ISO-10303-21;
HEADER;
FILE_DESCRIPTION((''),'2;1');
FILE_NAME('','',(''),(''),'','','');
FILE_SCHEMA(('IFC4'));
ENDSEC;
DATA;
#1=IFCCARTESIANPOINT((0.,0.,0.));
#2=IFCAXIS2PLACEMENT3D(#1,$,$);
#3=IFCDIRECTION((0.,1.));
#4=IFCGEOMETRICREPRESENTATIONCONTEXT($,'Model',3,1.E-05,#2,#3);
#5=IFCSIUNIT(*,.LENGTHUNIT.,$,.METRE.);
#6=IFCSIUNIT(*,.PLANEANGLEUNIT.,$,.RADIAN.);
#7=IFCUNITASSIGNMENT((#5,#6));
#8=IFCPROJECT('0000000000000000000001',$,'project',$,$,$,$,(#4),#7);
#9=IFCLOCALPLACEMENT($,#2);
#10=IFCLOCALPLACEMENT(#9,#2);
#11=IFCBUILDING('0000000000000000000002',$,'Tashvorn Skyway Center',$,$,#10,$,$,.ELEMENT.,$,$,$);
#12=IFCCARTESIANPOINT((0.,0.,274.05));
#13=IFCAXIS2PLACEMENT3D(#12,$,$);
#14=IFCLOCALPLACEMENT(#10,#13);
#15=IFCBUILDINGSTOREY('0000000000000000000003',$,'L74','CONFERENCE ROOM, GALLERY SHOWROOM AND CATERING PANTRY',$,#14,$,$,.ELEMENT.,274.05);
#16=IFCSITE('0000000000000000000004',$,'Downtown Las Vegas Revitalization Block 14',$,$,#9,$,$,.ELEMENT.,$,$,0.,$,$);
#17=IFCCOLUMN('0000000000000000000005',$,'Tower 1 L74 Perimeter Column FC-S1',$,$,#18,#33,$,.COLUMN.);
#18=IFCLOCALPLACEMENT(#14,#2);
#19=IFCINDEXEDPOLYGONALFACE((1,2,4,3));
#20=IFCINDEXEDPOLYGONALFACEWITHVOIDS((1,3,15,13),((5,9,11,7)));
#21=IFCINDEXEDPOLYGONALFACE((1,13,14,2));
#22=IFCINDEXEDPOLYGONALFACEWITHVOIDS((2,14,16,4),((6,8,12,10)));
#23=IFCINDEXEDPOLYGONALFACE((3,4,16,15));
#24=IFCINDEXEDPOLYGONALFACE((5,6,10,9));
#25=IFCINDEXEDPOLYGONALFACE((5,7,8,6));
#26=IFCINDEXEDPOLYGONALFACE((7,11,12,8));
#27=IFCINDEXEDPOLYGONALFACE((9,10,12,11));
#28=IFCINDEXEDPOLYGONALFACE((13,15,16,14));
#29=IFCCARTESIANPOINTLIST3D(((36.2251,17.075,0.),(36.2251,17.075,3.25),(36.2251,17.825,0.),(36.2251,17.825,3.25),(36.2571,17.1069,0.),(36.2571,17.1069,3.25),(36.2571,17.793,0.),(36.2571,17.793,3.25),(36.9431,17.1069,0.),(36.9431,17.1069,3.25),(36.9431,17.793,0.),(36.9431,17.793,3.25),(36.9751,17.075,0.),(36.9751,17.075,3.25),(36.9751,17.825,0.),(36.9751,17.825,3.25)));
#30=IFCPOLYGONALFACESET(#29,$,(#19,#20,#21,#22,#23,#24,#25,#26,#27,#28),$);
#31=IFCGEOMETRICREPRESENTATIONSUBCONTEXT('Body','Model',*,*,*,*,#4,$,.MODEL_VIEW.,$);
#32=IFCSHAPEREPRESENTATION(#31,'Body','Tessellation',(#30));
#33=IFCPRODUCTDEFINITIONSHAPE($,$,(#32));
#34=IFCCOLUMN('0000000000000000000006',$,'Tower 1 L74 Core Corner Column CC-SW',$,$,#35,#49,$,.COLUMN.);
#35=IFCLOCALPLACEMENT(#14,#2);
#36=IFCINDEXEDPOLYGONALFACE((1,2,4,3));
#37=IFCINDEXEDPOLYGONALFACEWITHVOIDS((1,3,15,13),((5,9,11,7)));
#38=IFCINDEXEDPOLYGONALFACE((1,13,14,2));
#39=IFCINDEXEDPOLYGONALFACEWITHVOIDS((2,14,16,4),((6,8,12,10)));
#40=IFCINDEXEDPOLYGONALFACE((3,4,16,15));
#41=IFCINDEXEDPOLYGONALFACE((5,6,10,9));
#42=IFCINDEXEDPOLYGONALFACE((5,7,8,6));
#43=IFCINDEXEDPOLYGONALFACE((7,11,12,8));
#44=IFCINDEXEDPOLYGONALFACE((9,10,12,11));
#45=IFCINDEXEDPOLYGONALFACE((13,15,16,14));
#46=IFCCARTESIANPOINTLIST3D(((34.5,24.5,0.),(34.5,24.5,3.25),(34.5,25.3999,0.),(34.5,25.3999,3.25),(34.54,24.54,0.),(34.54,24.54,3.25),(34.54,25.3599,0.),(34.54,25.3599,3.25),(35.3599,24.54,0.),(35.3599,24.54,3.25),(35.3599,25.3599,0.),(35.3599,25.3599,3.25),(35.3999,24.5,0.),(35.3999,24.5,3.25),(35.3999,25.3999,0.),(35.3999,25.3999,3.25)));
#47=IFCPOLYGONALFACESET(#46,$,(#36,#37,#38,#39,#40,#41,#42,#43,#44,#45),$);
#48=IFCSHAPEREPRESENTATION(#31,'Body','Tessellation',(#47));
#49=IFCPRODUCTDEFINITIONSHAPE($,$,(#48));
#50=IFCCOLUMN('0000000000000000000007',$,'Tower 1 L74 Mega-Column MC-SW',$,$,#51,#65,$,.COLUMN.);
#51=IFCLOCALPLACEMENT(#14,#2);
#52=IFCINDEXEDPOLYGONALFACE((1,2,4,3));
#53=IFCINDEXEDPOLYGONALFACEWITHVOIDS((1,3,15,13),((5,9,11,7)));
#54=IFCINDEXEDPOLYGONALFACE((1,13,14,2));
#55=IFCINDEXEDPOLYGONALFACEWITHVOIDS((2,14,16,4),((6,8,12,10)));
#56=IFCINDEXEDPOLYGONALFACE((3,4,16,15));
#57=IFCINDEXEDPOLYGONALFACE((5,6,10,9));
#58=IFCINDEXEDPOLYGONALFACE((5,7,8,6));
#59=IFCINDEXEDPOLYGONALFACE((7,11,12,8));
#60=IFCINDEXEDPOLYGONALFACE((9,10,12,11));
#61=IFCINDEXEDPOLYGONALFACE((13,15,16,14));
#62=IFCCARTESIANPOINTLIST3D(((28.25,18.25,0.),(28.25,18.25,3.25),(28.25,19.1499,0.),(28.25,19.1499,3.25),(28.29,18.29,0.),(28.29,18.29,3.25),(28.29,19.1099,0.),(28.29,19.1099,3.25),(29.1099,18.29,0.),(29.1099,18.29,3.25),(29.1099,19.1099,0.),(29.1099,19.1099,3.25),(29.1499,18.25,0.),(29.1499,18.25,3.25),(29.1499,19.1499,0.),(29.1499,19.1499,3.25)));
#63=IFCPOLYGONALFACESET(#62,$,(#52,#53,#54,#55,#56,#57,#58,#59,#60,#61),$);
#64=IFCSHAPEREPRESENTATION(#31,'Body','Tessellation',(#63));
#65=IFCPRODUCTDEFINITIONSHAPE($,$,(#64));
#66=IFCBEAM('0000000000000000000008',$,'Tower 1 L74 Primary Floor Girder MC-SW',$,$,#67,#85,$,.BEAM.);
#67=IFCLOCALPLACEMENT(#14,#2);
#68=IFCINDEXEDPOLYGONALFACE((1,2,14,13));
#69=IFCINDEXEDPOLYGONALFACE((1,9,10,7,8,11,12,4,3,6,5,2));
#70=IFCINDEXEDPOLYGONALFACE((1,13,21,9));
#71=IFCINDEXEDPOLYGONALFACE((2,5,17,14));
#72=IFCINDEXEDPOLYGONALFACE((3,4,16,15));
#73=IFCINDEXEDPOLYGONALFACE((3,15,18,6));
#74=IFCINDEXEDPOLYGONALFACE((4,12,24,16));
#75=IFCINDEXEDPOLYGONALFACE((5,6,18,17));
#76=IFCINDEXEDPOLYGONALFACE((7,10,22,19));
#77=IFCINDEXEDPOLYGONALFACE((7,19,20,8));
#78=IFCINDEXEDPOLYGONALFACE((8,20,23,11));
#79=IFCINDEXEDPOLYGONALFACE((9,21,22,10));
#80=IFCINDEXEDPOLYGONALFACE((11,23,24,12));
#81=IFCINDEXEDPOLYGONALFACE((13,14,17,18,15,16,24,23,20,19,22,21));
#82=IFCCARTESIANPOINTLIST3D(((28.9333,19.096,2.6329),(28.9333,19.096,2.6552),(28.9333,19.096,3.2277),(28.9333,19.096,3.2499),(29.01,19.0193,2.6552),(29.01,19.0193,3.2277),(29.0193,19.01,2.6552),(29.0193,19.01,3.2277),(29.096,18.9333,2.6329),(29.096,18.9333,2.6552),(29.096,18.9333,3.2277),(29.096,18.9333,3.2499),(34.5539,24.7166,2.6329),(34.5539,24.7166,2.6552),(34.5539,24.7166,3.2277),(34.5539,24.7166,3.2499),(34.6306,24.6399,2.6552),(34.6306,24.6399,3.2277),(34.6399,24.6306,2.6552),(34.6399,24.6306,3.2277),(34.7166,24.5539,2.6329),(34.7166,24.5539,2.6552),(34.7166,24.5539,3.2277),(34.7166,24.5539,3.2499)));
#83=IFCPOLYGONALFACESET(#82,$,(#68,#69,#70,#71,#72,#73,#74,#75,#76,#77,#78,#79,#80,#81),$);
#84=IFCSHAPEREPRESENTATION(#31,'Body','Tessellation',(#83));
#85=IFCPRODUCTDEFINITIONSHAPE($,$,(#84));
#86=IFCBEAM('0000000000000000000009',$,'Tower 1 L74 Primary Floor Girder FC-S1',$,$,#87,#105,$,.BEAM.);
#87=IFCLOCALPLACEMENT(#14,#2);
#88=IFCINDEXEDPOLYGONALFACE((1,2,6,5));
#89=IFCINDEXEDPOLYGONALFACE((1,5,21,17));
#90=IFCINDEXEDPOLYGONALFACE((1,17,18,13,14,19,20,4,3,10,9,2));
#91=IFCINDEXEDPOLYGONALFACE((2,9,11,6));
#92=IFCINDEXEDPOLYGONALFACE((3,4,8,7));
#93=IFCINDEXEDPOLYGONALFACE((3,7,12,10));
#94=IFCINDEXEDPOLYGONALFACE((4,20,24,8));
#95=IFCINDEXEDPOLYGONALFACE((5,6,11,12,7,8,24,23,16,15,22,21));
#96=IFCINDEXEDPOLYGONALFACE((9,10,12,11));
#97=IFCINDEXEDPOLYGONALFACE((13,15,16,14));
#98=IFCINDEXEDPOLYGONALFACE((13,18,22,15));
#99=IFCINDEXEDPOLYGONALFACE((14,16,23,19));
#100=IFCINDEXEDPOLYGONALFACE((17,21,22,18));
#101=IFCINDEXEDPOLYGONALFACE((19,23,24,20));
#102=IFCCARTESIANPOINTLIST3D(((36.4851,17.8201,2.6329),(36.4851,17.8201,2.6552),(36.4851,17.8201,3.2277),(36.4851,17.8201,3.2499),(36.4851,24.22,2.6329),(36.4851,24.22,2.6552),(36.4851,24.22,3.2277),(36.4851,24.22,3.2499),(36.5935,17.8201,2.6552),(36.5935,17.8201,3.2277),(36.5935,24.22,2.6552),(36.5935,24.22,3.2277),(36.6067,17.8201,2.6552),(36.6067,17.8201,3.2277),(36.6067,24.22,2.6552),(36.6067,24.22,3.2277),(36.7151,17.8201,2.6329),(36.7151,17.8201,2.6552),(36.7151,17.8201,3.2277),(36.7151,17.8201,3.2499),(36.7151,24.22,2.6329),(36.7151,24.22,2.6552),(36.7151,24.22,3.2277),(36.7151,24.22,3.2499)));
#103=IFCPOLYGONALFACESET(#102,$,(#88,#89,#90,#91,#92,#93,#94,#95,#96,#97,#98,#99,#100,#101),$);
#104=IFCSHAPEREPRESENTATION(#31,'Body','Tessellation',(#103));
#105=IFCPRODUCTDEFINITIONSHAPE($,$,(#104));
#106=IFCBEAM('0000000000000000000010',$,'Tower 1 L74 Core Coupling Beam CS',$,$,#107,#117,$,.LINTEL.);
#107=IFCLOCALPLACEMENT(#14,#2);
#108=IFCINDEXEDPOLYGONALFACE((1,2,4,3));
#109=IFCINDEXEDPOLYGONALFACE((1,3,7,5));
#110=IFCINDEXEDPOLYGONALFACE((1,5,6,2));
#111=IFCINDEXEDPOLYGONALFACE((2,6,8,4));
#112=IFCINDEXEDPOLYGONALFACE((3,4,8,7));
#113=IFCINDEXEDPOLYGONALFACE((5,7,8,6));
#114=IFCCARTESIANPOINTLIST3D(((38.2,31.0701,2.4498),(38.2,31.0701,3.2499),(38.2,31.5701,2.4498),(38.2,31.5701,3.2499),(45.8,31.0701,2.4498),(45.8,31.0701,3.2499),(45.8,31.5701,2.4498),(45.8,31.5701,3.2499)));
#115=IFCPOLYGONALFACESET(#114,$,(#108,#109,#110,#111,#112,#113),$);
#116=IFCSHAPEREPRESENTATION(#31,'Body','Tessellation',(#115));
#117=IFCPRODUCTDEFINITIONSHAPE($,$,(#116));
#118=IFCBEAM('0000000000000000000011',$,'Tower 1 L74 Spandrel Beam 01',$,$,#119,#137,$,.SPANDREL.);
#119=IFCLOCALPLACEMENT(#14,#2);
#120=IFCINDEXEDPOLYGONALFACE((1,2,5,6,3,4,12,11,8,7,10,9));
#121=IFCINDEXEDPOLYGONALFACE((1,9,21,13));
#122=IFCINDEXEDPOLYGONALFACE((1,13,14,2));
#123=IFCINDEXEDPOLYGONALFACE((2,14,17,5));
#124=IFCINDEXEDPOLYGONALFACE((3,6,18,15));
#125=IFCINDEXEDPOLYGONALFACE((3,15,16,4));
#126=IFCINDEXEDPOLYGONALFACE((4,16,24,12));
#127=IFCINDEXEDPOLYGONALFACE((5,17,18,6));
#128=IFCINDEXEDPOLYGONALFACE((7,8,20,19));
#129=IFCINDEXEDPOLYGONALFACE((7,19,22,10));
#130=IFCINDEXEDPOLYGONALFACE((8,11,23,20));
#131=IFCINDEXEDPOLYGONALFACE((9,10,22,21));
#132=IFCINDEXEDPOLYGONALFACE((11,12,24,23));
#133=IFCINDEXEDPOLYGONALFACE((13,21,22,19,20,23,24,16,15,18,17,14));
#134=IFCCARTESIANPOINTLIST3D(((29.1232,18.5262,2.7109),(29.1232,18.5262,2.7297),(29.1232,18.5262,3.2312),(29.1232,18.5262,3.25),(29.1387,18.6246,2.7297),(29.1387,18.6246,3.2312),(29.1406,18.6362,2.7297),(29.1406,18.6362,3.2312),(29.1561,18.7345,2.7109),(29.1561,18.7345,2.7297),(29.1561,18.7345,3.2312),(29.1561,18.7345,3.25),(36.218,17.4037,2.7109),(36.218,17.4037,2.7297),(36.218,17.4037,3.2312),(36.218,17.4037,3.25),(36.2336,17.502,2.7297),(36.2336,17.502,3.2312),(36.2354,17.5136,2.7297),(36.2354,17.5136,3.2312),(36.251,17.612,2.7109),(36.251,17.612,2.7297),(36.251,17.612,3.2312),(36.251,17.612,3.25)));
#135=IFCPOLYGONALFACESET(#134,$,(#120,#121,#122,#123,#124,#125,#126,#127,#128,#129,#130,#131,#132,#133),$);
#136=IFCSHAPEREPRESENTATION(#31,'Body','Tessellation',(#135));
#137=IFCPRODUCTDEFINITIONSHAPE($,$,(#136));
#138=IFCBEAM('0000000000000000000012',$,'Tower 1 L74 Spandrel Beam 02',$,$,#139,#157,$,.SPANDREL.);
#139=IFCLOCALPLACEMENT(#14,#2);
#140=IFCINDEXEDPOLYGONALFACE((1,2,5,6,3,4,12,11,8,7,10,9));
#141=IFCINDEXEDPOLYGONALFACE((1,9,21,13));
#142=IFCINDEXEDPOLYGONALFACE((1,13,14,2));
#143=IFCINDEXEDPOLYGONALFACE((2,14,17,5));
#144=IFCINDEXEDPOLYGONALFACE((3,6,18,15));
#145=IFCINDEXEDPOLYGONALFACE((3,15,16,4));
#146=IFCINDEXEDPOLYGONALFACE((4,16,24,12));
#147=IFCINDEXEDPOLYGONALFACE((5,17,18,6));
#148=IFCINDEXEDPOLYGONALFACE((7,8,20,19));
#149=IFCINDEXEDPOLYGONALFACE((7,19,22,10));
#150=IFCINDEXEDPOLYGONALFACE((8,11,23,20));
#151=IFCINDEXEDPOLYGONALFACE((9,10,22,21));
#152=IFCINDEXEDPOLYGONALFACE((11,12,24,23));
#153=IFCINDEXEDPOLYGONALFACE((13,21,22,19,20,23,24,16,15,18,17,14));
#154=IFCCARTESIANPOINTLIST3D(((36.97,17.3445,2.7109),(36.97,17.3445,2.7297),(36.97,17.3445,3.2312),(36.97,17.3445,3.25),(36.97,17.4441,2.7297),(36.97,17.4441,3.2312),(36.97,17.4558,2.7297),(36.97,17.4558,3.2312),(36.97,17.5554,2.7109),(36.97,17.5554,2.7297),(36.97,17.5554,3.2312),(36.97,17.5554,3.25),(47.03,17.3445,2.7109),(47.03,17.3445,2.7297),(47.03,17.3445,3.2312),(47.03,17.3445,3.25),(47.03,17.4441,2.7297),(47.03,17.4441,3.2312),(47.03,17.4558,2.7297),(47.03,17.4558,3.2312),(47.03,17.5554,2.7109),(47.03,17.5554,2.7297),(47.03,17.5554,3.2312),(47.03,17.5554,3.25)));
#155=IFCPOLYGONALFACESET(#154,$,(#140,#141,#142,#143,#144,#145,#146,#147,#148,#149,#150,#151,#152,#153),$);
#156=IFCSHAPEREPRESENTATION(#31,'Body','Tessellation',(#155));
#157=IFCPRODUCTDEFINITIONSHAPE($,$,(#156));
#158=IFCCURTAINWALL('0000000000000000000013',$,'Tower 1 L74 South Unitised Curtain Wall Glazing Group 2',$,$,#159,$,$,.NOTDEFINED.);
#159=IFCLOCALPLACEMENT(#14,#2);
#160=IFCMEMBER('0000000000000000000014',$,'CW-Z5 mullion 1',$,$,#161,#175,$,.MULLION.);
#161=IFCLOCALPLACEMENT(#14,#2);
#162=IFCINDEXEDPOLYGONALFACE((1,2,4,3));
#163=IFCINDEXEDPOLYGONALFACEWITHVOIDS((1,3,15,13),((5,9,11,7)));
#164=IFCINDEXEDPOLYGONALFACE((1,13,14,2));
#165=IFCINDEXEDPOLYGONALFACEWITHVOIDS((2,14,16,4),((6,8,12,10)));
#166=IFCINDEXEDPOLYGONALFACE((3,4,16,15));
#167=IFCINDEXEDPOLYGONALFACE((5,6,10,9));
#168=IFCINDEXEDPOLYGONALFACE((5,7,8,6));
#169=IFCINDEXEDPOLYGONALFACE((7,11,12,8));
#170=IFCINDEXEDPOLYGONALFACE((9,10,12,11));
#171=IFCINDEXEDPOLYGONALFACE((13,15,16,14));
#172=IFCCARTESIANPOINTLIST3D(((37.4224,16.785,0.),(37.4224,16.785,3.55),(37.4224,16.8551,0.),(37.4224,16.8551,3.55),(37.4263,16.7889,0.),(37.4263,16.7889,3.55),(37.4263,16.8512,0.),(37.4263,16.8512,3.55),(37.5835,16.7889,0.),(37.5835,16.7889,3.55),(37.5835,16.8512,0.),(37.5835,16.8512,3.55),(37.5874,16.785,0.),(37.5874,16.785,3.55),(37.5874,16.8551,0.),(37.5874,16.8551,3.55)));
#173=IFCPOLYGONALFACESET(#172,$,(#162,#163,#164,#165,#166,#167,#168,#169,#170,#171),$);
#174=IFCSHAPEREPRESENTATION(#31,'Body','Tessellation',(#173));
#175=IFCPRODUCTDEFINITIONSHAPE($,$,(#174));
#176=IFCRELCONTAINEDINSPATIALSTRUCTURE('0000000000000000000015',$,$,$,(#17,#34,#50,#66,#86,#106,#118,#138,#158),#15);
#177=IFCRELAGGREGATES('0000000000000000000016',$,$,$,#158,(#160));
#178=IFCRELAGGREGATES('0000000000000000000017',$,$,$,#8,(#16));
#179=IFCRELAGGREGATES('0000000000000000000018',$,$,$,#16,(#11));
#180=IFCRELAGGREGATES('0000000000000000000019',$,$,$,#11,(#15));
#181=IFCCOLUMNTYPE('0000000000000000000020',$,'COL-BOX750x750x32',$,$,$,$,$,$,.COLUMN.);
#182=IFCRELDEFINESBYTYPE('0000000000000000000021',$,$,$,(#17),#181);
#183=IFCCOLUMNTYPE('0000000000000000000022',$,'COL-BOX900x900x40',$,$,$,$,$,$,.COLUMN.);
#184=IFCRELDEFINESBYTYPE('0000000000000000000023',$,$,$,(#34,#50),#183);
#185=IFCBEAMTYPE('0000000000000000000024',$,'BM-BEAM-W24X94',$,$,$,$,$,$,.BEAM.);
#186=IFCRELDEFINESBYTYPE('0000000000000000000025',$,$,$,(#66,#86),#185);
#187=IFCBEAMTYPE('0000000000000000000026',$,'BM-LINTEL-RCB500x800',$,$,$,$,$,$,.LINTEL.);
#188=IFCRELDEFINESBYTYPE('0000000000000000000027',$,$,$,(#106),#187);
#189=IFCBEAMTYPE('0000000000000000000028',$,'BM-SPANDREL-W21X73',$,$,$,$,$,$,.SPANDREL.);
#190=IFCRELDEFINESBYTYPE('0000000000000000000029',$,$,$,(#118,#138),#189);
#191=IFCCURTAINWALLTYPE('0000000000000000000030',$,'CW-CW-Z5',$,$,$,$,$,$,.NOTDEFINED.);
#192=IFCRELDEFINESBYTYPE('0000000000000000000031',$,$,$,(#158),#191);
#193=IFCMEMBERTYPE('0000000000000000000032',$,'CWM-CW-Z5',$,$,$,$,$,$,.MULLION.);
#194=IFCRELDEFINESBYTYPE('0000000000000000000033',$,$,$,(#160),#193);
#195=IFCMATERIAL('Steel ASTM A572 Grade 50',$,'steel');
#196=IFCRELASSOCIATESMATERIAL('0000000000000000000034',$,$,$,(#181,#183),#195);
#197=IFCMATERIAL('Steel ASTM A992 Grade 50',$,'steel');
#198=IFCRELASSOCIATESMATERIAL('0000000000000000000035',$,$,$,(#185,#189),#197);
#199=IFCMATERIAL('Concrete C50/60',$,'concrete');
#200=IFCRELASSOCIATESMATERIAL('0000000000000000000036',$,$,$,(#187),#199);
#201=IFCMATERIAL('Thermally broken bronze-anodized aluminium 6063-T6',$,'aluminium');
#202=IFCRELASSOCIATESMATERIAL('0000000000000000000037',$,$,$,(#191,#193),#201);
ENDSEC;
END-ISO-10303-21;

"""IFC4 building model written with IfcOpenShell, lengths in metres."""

from ifc_helpers import new_model, si_unit, direction, frame, origin, origin_2d, place, context, subcontext, project, spatial, rectangle, hollow_rectangle, i_section, extrude, material, material_profile, profile_set, type_object, element, aggregate, save


model = new_model("IFC4")

# Units and contexts
model_context = context("Model", 3, precision=1e-05, world=origin(), true_north=direction((0.0, 1.0)))
body_context = subcontext(model_context, "Body", "Model", "MODEL_VIEW")
ifc_project = project(units=[si_unit("LENGTHUNIT", "METRE"), si_unit("PLANEANGLEUNIT", "RADIAN")], contexts=[model_context])

# Site, building, storey
site_placement = place(None, origin())
site = spatial("IfcSite", under=ifc_project, at=site_placement, Name="Downtown Las Vegas Revitalization Block 14", CompositionType="ELEMENT", RefElevation=0.0)
building_placement = place(site_placement, origin())
building = spatial("IfcBuilding", under=site, at=building_placement, Name="Tashvorn Skyway Center", CompositionType="ELEMENT")
storey_placement = place(building_placement, frame((0.0, 0.0, 274.05)))
storey = spatial("IfcBuildingStorey", under=building, at=storey_placement, Name="L74", Description="CONFERENCE ROOM, GALLERY SHOWROOM AND CATERING PANTRY", CompositionType="ELEMENT", Elevation=274.05)

# Columns
ifc_material_1 = material(Name="Steel ASTM A572 Grade 50", Category="steel")
ifc_material_profile_1 = material_profile(ifc_material_1, hollow_rectangle(XDim=0.75, YDim=0.75, WallThickness=0.032, at=origin_2d()), Name="BOX750x750x32")
ifc_profile_set_1 = profile_set([ifc_material_profile_1], Name="Steel ASTM A572 Grade 50")
column_type_1 = type_object("IfcColumnType", Name="COL-BOX750x750x32", PredefinedType="COLUMN", material=ifc_profile_set_1)
column_placement = place(storey_placement, frame((36.6001, 17.45, 0.0), z_axis=(0.0, 0.0, 1.0), x_axis=(1.0, 0.0, 0.0)))
element("IfcColumn", 1, at=column_placement, inside=storey, type_object=column_type_1, Name="Tower 1 L74 Perimeter Column FC-S1", PredefinedType="COLUMN", context=body_context, shape_type="SweptSolid", body=[
    extrude(hollow_rectangle(XDim=0.75, YDim=0.75, WallThickness=0.032, at=origin_2d()), origin(), (0.0, 0.0, 1.0), 3.25),
])
ifc_material_profile_2 = material_profile(ifc_material_1, hollow_rectangle(XDim=0.8999, YDim=0.8999, WallThickness=0.04, at=origin_2d()), Name="BOX900x900x40")
ifc_profile_set_2 = profile_set([ifc_material_profile_2], Name="Steel ASTM A572 Grade 50")
column_type_2 = type_object("IfcColumnType", Name="COL-BOX900x900x40", PredefinedType="COLUMN", material=ifc_profile_set_2)
for number, where, z_axis, x_axis, name in (
    (2, (34.95, 24.95, 0.0), (0.0, 0.0, 1.0), (1.0, 0.0, 0.0), "Tower 1 L74 Core Corner Column CC-SW"),
    (3, (28.7, 18.7, 0.0), (0.0, 0.0, 1.0), (1.0, 0.0, 0.0), "Tower 1 L74 Mega-Column MC-SW"),
):
    element("IfcColumn", number, at=place(storey_placement, frame(where, z_axis=z_axis, x_axis=x_axis)), inside=storey, type_object=column_type_2, Name=name, PredefinedType="COLUMN", context=body_context, shape_type="SweptSolid", body=[
        extrude(hollow_rectangle(XDim=0.8999, YDim=0.8999, WallThickness=0.04, at=origin_2d()), origin(), (0.0, 0.0, 1.0), 3.25),
    ])

# Beams
ifc_material_2 = material(Name="Steel ASTM A992 Grade 50", Category="steel")
ifc_material_profile_3 = material_profile(ifc_material_2, i_section(OverallWidth=0.23, OverallDepth=0.6169, WebThickness=0.0132, FlangeThickness=0.0222, at=origin_2d()), Name="W24X94")
ifc_profile_set_3 = profile_set([ifc_material_profile_3], Name="Steel ASTM A992 Grade 50")
beam_type_1 = type_object("IfcBeamType", Name="BM-BEAM-W24X94", PredefinedType="BEAM", material=ifc_profile_set_3)
beam_1_placement = place(storey_placement, frame((29.0146, 19.0146, 2.9414), z_axis=(0.707107, 0.707107, 0.0), x_axis=(-0.707107, 0.707107, 0.0)))
element("IfcBeam", 4, at=beam_1_placement, inside=storey, type_object=beam_type_1, Name="Tower 1 L74 Primary Floor Girder MC-SW", PredefinedType="BEAM", context=body_context, shape_type="SweptSolid", body=[
    extrude(i_section(OverallWidth=0.23, OverallDepth=0.6169, WebThickness=0.0132, FlangeThickness=0.0222, at=origin_2d()), origin(), (0.0, 0.0, 1.0), 7.9487),
])
beam_2_placement = place(storey_placement, frame((36.6001, 17.8201, 2.9414), z_axis=(0.0, 1.0, 0.0), x_axis=(-1.0, 0.0, 0.0)))
element("IfcBeam", 5, at=beam_2_placement, inside=storey, type_object=beam_type_1, Name="Tower 1 L74 Primary Floor Girder FC-S1", PredefinedType="BEAM", context=body_context, shape_type="SweptSolid", body=[
    extrude(i_section(OverallWidth=0.23, OverallDepth=0.6169, WebThickness=0.0132, FlangeThickness=0.0222, at=origin_2d()), origin(), (0.0, 0.0, 1.0), 6.3999),
])
ifc_material_3 = material(Name="Concrete C50/60", Category="concrete")
ifc_material_profile_4 = material_profile(ifc_material_3, rectangle(XDim=0.5, YDim=0.8, at=origin_2d()), Name="RCB500x800")
ifc_profile_set_4 = profile_set([ifc_material_profile_4], Name="Concrete C50/60")
beam_type_2 = type_object("IfcBeamType", Name="BM-LINTEL-RCB500x800", PredefinedType="LINTEL", material=ifc_profile_set_4)
beam_3_placement = place(storey_placement, frame((38.2, 31.3201, 2.8499), z_axis=(1.0, 0.0, 0.0), x_axis=(0.0, 1.0, 0.0)))
element("IfcBeam", 6, at=beam_3_placement, inside=storey, type_object=beam_type_2, Name="Tower 1 L74 Core Coupling Beam CS", PredefinedType="LINTEL", context=body_context, shape_type="SweptSolid", body=[
    extrude(rectangle(XDim=0.5, YDim=0.8, at=origin_2d()), origin(), (0.0, 0.0, 1.0), 7.6001),
])
ifc_material_profile_5 = material_profile(ifc_material_2, i_section(OverallWidth=0.2109, OverallDepth=0.5391, WebThickness=0.0117, FlangeThickness=0.0188, at=origin_2d()), Name="W21X73")
ifc_profile_set_5 = profile_set([ifc_material_profile_5], Name="Steel ASTM A992 Grade 50")
beam_type_3 = type_object("IfcBeamType", Name="BM-SPANDREL-W21X73", PredefinedType="SPANDREL", material=ifc_profile_set_5)
beam_4_placement = place(storey_placement, frame((29.1396, 18.6304, 2.9805), z_axis=(0.987714, -0.156275, 0.0), x_axis=(0.156275, 0.987714, 0.0)))
element("IfcBeam", 7, at=beam_4_placement, inside=storey, type_object=beam_type_3, Name="Tower 1 L74 Spandrel Beam 01", PredefinedType="SPANDREL", context=body_context, shape_type="SweptSolid", body=[
    extrude(i_section(OverallWidth=0.2109, OverallDepth=0.5391, WebThickness=0.0117, FlangeThickness=0.0188, at=origin_2d()), origin(), (0.0, 0.0, 1.0), 7.1831),
])
beam_5_placement = place(storey_placement, frame((36.97, 17.45, 2.9805), z_axis=(1.0, 0.0, 0.0), x_axis=(0.0, 1.0, 0.0)))
element("IfcBeam", 8, at=beam_5_placement, inside=storey, type_object=beam_type_3, Name="Tower 1 L74 Spandrel Beam 02", PredefinedType="SPANDREL", context=body_context, shape_type="SweptSolid", body=[
    extrude(i_section(OverallWidth=0.2109, OverallDepth=0.5391, WebThickness=0.0117, FlangeThickness=0.0188, at=origin_2d()), origin(), (0.0, 0.0, 1.0), 10.0601),
])

# Curtain wall, member
ifc_material_4 = material(Name="Thermally broken bronze-anodized aluminium 6063-T6", Category="aluminium")
curtain_wall_type = type_object("IfcCurtainWallType", Name="CW-CW-Z5", PredefinedType="NOTDEFINED", material=ifc_material_4)
curtain_wall_placement = place(storey_placement, origin())
curtain_wall = element("IfcCurtainWall", 9, at=curtain_wall_placement, inside=storey, type_object=curtain_wall_type, Name="Tower 1 L74 South Unitised Curtain Wall Glazing Group 2", PredefinedType="NOTDEFINED")
ifc_material_profile_6 = material_profile(ifc_material_4, hollow_rectangle(XDim=0.0701, YDim=0.165, WallThickness=0.0039, at=origin_2d()), Name="ALU-MULL-70x165")
ifc_profile_set_6 = profile_set([ifc_material_profile_6], Name="Thermally broken bronze-anodized aluminium 6063-T6")
member_type_1 = type_object("IfcMemberType", Name="CWM-CW-Z5", PredefinedType="MULLION", material=ifc_profile_set_6)
member_1_placement = place(storey_placement, frame((37.5049, 16.8201, 0.0), z_axis=(0.0, 0.0, 1.0), x_axis=(0.0, -1.0, 0.0)))
member_1 = element("IfcMember", 10, at=member_1_placement, type_object=member_type_1, Name="CW-Z5 mullion 1", PredefinedType="MULLION", context=body_context, shape_type="SweptSolid", body=[
    extrude(hollow_rectangle(XDim=0.0701, YDim=0.165, WallThickness=0.0039, at=origin_2d()), origin(), (0.0, 0.0, 1.0), 3.55),
])
aggregate(curtain_wall, [member_1])

save(model, "model.ifc")
